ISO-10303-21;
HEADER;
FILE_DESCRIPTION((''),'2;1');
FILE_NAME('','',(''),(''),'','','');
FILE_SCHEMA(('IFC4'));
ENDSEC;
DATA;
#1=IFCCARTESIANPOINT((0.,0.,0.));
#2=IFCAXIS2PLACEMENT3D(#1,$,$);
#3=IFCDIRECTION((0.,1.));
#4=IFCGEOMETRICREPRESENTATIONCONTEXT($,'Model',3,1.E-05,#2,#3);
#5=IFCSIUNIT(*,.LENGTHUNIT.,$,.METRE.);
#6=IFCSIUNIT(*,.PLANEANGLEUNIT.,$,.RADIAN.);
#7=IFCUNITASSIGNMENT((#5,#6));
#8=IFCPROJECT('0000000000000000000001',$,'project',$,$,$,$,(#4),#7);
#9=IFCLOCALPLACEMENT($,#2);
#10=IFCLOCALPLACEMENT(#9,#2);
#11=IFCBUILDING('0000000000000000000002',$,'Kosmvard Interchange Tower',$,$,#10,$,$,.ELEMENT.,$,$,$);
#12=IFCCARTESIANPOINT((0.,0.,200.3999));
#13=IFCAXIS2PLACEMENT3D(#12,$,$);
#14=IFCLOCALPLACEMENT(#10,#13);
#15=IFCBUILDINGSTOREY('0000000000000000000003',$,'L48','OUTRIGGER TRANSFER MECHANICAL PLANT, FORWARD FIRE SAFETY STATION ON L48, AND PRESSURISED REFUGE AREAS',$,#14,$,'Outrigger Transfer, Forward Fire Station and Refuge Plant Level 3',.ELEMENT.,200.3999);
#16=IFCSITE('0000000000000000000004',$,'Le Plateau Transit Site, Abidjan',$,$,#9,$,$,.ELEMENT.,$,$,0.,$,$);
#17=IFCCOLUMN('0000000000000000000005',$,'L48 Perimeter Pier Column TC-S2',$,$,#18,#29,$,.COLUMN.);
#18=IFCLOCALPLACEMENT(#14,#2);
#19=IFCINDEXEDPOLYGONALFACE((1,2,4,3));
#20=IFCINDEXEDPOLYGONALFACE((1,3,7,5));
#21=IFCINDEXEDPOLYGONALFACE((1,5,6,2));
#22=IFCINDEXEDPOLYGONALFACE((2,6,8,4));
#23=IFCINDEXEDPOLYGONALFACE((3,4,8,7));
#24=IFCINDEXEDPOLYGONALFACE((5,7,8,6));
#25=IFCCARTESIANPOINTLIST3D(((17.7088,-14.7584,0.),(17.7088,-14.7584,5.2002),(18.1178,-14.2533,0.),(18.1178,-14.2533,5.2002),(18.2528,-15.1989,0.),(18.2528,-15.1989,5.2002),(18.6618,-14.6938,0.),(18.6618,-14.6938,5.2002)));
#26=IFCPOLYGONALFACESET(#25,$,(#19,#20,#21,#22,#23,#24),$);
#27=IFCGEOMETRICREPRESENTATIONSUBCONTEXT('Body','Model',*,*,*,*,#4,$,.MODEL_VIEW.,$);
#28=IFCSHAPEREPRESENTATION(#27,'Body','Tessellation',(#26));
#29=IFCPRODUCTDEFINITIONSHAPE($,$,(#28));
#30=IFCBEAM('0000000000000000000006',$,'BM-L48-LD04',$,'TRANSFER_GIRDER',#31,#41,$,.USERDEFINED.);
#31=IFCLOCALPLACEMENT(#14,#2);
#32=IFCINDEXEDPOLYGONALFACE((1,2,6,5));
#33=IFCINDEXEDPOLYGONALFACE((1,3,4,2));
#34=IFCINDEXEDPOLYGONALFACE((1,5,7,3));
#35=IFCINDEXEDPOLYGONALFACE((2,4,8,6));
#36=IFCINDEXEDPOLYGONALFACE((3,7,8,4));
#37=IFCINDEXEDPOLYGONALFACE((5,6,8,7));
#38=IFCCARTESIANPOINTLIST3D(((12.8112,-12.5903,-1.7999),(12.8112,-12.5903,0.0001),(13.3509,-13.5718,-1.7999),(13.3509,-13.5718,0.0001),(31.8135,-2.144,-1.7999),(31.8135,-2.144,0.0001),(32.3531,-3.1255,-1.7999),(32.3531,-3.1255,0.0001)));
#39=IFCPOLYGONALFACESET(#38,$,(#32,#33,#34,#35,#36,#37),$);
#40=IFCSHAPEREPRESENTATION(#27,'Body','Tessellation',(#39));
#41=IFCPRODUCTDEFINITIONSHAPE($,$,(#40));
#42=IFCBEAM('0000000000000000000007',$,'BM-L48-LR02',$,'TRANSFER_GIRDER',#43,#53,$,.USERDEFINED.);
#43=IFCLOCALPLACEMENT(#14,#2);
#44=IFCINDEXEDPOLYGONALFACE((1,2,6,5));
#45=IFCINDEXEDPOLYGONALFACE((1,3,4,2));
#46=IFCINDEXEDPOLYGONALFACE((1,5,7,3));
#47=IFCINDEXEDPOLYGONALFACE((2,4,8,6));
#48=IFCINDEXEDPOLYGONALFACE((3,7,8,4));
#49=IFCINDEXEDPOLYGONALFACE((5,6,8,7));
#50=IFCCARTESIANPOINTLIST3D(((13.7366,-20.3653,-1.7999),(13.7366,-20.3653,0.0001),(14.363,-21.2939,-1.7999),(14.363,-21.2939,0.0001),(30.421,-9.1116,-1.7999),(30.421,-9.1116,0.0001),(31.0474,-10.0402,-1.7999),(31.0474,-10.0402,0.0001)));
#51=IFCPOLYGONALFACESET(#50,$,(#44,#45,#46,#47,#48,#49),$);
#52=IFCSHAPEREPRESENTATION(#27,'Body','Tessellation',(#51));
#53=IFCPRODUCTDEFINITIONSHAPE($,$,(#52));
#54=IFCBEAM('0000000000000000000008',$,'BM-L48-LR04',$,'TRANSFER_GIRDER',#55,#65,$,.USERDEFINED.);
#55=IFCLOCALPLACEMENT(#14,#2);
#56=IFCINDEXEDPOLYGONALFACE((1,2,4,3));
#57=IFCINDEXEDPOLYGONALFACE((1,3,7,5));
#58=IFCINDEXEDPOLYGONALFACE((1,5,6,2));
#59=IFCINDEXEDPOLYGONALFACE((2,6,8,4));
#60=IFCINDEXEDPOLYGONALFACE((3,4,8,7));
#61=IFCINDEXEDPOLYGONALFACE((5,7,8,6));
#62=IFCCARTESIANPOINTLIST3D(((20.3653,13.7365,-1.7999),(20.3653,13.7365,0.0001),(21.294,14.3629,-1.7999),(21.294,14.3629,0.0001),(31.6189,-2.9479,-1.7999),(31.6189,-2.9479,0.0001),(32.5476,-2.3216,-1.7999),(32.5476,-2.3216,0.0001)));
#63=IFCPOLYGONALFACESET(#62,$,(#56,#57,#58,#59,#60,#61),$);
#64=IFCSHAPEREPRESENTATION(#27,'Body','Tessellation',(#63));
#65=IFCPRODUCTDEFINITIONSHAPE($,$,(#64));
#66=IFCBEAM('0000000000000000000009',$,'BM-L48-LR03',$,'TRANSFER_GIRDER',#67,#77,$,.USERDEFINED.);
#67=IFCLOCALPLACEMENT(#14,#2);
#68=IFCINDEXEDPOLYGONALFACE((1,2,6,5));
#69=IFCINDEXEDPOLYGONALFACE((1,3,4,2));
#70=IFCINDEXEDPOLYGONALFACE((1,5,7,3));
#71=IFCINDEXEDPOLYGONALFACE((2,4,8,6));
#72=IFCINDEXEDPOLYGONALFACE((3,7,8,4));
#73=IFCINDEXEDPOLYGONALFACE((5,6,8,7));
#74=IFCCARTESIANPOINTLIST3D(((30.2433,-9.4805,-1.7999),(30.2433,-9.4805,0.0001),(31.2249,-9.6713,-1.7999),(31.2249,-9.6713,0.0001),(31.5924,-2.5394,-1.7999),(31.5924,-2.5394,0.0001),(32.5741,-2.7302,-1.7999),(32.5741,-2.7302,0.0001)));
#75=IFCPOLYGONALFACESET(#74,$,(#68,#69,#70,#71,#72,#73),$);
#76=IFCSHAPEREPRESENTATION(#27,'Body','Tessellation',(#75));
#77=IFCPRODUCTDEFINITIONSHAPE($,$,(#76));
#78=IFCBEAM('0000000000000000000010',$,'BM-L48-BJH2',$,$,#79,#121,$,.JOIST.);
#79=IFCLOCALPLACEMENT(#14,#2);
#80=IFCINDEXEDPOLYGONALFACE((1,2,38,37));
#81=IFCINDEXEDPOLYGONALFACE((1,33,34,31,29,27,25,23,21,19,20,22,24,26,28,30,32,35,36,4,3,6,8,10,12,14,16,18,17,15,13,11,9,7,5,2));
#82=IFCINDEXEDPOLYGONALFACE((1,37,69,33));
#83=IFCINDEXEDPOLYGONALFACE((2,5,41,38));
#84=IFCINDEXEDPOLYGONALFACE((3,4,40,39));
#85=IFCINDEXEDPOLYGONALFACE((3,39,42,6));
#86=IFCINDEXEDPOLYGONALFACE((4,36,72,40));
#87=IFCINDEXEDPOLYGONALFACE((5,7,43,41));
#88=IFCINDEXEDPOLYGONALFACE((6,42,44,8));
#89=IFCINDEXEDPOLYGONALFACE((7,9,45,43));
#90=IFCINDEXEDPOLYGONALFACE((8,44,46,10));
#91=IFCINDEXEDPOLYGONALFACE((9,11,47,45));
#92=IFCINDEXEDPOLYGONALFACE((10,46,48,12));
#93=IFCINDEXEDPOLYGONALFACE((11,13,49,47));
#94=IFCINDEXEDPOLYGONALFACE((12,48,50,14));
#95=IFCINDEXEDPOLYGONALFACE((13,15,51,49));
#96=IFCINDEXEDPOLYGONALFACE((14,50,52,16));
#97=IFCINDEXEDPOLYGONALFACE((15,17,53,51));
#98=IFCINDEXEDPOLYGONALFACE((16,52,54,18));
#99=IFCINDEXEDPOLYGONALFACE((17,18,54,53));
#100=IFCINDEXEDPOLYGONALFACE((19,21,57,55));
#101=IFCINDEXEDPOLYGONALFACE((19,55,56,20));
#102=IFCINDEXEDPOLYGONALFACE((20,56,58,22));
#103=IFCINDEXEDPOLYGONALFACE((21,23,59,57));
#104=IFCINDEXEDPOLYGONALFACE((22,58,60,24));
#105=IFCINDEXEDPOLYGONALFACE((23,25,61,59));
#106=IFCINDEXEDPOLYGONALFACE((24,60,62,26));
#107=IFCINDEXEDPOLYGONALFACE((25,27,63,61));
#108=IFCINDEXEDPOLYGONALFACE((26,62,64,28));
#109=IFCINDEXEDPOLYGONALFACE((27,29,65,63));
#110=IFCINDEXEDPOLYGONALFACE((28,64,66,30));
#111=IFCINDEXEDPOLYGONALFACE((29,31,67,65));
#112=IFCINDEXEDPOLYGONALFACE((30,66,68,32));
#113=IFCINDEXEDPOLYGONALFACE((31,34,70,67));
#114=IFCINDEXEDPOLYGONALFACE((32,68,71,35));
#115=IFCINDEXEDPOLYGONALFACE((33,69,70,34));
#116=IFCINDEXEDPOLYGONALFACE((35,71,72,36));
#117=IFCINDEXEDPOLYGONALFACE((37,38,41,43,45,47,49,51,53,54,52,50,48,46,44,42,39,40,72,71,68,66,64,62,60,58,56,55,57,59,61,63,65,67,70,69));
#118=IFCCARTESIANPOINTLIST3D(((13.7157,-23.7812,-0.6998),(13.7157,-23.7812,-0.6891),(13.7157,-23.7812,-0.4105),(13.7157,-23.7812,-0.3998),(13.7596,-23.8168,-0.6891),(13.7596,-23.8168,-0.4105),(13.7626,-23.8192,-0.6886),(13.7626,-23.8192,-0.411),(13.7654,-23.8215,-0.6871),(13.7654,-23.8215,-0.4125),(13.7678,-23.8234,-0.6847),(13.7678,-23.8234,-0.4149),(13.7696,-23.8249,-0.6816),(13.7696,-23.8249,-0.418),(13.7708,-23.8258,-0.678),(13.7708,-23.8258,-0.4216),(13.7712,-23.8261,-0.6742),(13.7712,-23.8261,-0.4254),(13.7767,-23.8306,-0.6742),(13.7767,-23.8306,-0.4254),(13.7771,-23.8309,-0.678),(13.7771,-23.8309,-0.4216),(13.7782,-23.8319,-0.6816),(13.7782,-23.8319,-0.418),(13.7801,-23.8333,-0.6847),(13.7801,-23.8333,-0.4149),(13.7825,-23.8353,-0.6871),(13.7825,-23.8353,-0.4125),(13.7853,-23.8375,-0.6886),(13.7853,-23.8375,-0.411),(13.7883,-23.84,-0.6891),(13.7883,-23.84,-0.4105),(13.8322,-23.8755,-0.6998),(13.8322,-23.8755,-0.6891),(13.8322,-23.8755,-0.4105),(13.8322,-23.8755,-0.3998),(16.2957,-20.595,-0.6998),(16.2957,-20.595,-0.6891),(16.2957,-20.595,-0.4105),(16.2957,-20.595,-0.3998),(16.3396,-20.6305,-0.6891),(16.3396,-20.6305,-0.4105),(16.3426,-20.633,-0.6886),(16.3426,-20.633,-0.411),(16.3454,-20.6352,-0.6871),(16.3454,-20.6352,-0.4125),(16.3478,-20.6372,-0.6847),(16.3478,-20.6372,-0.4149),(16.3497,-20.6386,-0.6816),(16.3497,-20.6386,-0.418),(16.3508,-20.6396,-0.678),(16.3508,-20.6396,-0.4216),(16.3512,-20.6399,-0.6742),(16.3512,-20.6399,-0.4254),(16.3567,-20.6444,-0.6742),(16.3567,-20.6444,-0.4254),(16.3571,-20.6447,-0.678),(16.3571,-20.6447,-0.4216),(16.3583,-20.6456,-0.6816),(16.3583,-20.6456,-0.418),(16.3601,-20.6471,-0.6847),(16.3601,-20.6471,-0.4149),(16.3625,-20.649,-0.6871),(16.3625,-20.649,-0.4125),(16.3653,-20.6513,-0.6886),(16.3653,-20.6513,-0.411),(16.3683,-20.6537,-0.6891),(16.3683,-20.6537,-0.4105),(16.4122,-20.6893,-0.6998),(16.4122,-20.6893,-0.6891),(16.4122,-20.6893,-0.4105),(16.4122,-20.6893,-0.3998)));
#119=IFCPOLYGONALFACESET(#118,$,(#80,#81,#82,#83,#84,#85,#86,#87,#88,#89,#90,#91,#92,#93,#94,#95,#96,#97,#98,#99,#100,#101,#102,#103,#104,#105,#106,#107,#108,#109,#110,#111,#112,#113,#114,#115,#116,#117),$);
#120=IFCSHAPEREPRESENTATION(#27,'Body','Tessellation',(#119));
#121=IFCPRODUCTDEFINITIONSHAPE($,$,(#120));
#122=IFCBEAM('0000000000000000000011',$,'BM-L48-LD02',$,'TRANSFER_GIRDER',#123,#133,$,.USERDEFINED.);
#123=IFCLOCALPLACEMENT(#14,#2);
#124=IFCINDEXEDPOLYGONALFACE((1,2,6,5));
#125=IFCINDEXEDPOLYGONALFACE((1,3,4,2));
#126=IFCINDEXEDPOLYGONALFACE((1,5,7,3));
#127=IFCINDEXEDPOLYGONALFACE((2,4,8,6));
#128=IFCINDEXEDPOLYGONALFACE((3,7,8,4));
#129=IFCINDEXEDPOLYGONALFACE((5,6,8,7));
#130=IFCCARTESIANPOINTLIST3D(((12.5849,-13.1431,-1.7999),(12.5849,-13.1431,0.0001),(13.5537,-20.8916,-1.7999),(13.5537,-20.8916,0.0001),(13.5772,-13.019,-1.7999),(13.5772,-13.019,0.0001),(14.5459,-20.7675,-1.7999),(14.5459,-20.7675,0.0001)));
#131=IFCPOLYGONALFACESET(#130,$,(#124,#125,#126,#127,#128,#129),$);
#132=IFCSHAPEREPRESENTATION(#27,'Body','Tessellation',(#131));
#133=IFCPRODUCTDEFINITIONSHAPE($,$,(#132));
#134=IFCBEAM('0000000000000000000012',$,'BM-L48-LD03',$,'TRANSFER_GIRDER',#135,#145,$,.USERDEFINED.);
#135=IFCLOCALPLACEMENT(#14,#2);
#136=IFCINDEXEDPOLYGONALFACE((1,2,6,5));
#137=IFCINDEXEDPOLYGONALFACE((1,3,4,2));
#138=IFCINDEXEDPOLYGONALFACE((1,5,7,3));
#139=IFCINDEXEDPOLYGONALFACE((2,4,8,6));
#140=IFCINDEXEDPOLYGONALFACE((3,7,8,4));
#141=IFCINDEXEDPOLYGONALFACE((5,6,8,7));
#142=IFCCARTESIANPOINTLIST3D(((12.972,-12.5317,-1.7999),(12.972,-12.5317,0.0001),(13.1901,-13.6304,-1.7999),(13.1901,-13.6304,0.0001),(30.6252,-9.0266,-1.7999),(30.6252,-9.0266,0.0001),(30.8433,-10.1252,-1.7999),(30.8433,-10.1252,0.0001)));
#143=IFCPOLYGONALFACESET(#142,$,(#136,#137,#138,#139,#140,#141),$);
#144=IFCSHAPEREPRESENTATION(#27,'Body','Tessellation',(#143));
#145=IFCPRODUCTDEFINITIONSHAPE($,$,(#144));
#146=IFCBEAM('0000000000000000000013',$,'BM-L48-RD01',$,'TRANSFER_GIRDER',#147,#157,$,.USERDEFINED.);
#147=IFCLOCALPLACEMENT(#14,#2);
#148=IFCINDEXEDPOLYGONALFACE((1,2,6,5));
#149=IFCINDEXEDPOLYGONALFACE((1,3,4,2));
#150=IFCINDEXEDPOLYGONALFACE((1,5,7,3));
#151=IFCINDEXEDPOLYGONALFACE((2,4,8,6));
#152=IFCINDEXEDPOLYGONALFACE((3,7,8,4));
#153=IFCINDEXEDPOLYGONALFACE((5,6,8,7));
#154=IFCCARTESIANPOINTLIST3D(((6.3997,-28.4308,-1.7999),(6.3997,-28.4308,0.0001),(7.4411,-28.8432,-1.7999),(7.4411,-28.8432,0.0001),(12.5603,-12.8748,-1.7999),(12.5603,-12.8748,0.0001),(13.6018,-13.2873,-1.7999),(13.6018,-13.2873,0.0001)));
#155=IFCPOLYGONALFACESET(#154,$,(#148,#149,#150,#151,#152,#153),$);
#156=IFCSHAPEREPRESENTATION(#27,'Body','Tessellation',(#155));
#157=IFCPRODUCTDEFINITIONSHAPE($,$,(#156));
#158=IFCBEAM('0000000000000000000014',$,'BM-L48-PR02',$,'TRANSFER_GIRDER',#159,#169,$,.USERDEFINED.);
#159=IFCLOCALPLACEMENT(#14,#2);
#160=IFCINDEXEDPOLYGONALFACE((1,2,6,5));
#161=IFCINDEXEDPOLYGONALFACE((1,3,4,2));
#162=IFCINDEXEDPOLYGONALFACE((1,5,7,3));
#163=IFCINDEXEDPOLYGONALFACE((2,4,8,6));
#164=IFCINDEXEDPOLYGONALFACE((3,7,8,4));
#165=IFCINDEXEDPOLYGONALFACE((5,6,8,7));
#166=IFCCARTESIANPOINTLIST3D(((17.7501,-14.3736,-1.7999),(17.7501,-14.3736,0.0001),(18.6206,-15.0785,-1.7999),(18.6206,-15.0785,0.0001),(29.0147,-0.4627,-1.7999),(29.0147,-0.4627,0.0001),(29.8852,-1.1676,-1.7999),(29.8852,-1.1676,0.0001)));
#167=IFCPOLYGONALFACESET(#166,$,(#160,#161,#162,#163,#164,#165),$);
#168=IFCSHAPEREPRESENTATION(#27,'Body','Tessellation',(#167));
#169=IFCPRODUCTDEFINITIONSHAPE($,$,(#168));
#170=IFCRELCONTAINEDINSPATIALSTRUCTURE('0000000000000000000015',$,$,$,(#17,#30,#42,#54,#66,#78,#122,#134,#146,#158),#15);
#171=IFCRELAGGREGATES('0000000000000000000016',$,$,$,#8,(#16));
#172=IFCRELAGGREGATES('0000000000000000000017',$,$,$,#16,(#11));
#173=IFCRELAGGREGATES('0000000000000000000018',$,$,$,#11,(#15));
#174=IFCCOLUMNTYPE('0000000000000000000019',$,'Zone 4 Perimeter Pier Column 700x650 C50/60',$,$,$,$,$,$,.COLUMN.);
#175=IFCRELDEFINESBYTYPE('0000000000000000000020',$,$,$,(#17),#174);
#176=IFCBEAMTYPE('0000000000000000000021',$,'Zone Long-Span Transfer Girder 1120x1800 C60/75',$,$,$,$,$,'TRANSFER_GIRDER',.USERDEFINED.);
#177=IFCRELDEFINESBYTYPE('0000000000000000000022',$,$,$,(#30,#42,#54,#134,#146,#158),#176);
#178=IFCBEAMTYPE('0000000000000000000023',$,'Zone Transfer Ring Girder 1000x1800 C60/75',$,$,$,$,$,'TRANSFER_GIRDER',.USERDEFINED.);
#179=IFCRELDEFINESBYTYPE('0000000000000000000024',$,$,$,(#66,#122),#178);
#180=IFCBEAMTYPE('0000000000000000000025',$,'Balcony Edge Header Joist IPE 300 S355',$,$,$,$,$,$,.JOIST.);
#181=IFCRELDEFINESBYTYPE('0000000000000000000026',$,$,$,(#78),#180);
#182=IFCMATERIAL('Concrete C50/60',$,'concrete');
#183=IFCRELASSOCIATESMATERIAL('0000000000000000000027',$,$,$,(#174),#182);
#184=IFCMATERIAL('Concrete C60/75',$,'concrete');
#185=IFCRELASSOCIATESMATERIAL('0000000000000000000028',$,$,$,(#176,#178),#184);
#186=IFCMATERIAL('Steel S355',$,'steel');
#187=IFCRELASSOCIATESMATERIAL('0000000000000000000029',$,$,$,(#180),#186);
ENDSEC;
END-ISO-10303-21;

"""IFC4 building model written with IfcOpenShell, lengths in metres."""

from ifc_helpers import new_model, si_unit, direction, frame, origin, origin_2d, place, context, subcontext, project, spatial, rectangle, i_section, extrude, source, transform, mapped, material, material_profile, profile_set, type_object, element, save


model = new_model("IFC4")

# Units and contexts
model_context = context("Model", 3, precision=1e-05, world=origin(), true_north=direction((0.0, 1.0)))
body_context = subcontext(model_context, "Body", "Model", "MODEL_VIEW")
ifc_project = project(units=[si_unit("LENGTHUNIT", "METRE"), si_unit("PLANEANGLEUNIT", "RADIAN")], contexts=[model_context])

# Site, building, storey
site_placement = place(None, origin())
site = spatial("IfcSite", under=ifc_project, at=site_placement, Name="Le Plateau Transit Site, Abidjan", CompositionType="ELEMENT", RefElevation=0.0)
building_placement = place(site_placement, origin())
building = spatial("IfcBuilding", under=site, at=building_placement, Name="Kosmvard Interchange Tower", CompositionType="ELEMENT")
storey_placement = place(building_placement, frame((0.0, 0.0, 200.3999)))
storey = spatial("IfcBuildingStorey", under=building, at=storey_placement, Name="L48", Description="OUTRIGGER TRANSFER MECHANICAL PLANT, FORWARD FIRE SAFETY STATION ON L48, AND PRESSURISED REFUGE AREAS", LongName="Outrigger Transfer, Forward Fire Station and Refuge Plant Level 3", CompositionType="ELEMENT", Elevation=200.3999)

# Column
ifc_material_1 = material(Name="Concrete C50/60", Category="concrete")
ifc_material_profile_1 = material_profile(ifc_material_1, rectangle(XDim=0.6499, YDim=0.7, at=origin_2d()), Name="TC 700x650")
ifc_profile_set_1 = profile_set([ifc_material_profile_1], Name="Concrete C50/60")
column_type = type_object("IfcColumnType", Name="Zone 4 Perimeter Pier Column 700x650 C50/60", PredefinedType="COLUMN", material=ifc_profile_set_1)
shared_shape_1 = source(origin(), body_context, "Body", "SweptSolid", [
    extrude(rectangle(XDim=0.6499, YDim=0.7, at=origin_2d()), origin(), (0.0, 0.0, 1.0), 5.2002),
])
column_placement = place(storey_placement, frame((18.1853, -14.7261, 0.0), z_axis=(0.0, 0.0, 1.0), x_axis=(0.62932, 0.777146, 0.0)))
element("IfcColumn", 1, at=column_placement, inside=storey, type_object=column_type, Name="L48 Perimeter Pier Column TC-S2", PredefinedType="COLUMN", context=body_context, shape_type="MappedRepresentation", body=[
    mapped(shared_shape_1, transform((0.0, 0.0, 0.0), scale=1.0)),
])

# Beams
ifc_material_2 = material(Name="Concrete C60/75", Category="concrete")
ifc_material_profile_2 = material_profile(ifc_material_2, rectangle(XDim=1.1201, YDim=1.8, at=origin_2d()), Name="TG 1120x1800")
ifc_profile_set_2 = profile_set([ifc_material_profile_2], Name="Concrete C60/75")
beam_type_1 = type_object("IfcBeamType", Name="Zone Long-Span Transfer Girder 1120x1800 C60/75", ElementType="TRANSFER_GIRDER", PredefinedType="USERDEFINED", material=ifc_profile_set_2)
shared_shape_2 = source(origin(), body_context, "Body", "SweptSolid", [
    extrude(rectangle(XDim=1.1201, YDim=1.8, at=origin_2d()), origin(), (0.0, 0.0, 1.0), 21.6843),
])
beam_1_placement = place(storey_placement, frame((13.0811, -13.0811, -0.8999), z_axis=(0.876312, 0.481745, 0.0), x_axis=(-0.481745, 0.876312, 0.0)))
element("IfcBeam", 2, at=beam_1_placement, inside=storey, type_object=beam_type_1, Name="BM-L48-LD04", ObjectType="TRANSFER_GIRDER", PredefinedType="USERDEFINED", context=body_context, shape_type="MappedRepresentation", body=[
    mapped(shared_shape_2, transform((0.0, 0.0, 0.0), scale=1.0)),
])
shared_shape_3 = source(origin(), body_context, "Body", "SweptSolid", [
    extrude(rectangle(XDim=1.1201, YDim=1.8, at=origin_2d()), origin(), (0.0, 0.0, 1.0), 20.125),
])
for number, where, z_axis, x_axis, name in (
    (3, (14.0498, -20.8296, -0.8999), (0.829039, 0.559191, 0.0), (-0.559191, 0.829039, 0.0), "BM-L48-LR02"),
    (4, (32.0833, -2.6348, -0.8999), (-0.559185, 0.829043, 0.0), (-0.829043, -0.559185, 0.0), "BM-L48-LR04"),
):
    element("IfcBeam", number, at=place(storey_placement, frame(where, z_axis=z_axis, x_axis=x_axis)), inside=storey, type_object=beam_type_1, Name=name, ObjectType="TRANSFER_GIRDER", PredefinedType="USERDEFINED", context=body_context, shape_type="MappedRepresentation", body=[
        mapped(shared_shape_3, transform((0.0, 0.0, 0.0), scale=1.0)),
    ])
ifc_material_profile_3 = material_profile(ifc_material_2, rectangle(XDim=1.0, YDim=1.8, at=origin_2d()), Name="TG 1000x1800")
ifc_profile_set_3 = profile_set([ifc_material_profile_3], Name="Concrete C60/75")
beam_type_2 = type_object("IfcBeamType", Name="Zone Transfer Ring Girder 1000x1800 C60/75", ElementType="TRANSFER_GIRDER", PredefinedType="USERDEFINED", material=ifc_profile_set_3)
shared_shape_4 = source(origin(), body_context, "Body", "SweptSolid", [
    extrude(rectangle(XDim=1.0, YDim=1.8, at=origin_2d()), origin(), (0.0, 0.0, 1.0), 7.071),
])
beam_2_placement = place(storey_placement, frame((30.7341, -9.5759, -0.8999), z_axis=(0.190795, 0.98163, 0.0), x_axis=(-0.98163, 0.190795, 0.0)))
element("IfcBeam", 5, at=beam_2_placement, inside=storey, type_object=beam_type_2, Name="BM-L48-LR03", ObjectType="TRANSFER_GIRDER", PredefinedType="USERDEFINED", context=body_context, shape_type="MappedRepresentation", body=[
    mapped(shared_shape_4, transform((0.0, 0.0, 0.0), scale=1.0)),
])
ifc_material_3 = material(Name="Steel S355", Category="steel")
ifc_material_profile_4 = material_profile(ifc_material_3, i_section(OverallWidth=0.1499, OverallDepth=0.3, WebThickness=0.0071, FlangeThickness=0.0107, FilletRadius=0.0149, at=origin_2d()), Name="IPE 300")
ifc_profile_set_4 = profile_set([ifc_material_profile_4], Name="Steel S355")
beam_type_3 = type_object("IfcBeamType", Name="Balcony Edge Header Joist IPE 300 S355", PredefinedType="JOIST", material=ifc_profile_set_4)
shared_shape_5 = source(origin(), body_context, "Body", "SweptSolid", [
    extrude(i_section(OverallWidth=0.1499, OverallDepth=0.3, WebThickness=0.0071, FlangeThickness=0.0107, FilletRadius=0.0149, at=origin_2d()), origin(), (0.0, 0.0, 1.0), 4.0999),
])
beam_3_placement = place(storey_placement, frame((13.7739, -23.8284, -0.5498), z_axis=(0.629303, 0.77716, 0.0), x_axis=(-0.77716, 0.629303, 0.0)))
element("IfcBeam", 6, at=beam_3_placement, inside=storey, type_object=beam_type_3, Name="BM-L48-BJH2", PredefinedType="JOIST", context=body_context, shape_type="MappedRepresentation", body=[
    mapped(shared_shape_5, transform((0.0, 0.0, 0.0), scale=1.0)),
])
shared_shape_6 = source(origin(), body_context, "Body", "SweptSolid", [
    extrude(rectangle(XDim=1.0, YDim=1.8, at=origin_2d()), origin(), (0.0, 0.0, 1.0), 7.8088),
])
beam_4_placement = place(storey_placement, frame((13.0811, -13.0811, -0.8999), z_axis=(0.124058, -0.992275, 0.0), x_axis=(0.992275, 0.124058, 0.0)))
element("IfcBeam", 7, at=beam_4_placement, inside=storey, type_object=beam_type_2, Name="BM-L48-LD02", ObjectType="TRANSFER_GIRDER", PredefinedType="USERDEFINED", context=body_context, shape_type="MappedRepresentation", body=[
    mapped(shared_shape_6, transform((0.0, 0.0, 0.0), scale=1.0)),
])
shared_shape_7 = source(origin(), body_context, "Body", "SweptSolid", [
    extrude(rectangle(XDim=1.1201, YDim=1.8, at=origin_2d()), origin(), (0.0, 0.0, 1.0), 17.9978),
])
beam_5_placement = place(storey_placement, frame((13.0811, -13.0811, -0.8999), z_axis=(0.980852, 0.194754, 0.0), x_axis=(-0.194754, 0.980852, 0.0)))
element("IfcBeam", 8, at=beam_5_placement, inside=storey, type_object=beam_type_1, Name="BM-L48-LD03", ObjectType="TRANSFER_GIRDER", PredefinedType="USERDEFINED", context=body_context, shape_type="MappedRepresentation", body=[
    mapped(shared_shape_7, transform((0.0, 0.0, 0.0), scale=1.0)),
])
shared_shape_8 = source(origin(), body_context, "Body", "SweptSolid", [
    extrude(rectangle(XDim=1.1201, YDim=1.8, at=origin_2d()), origin(), (0.0, 0.0, 1.0), 16.7314),
])
beam_6_placement = place(storey_placement, frame((13.0811, -13.0811, -0.8999), z_axis=(-0.368209, -0.929743, 0.0), x_axis=(0.929743, -0.368209, 0.0)))
element("IfcBeam", 9, at=beam_6_placement, inside=storey, type_object=beam_type_1, Name="BM-L48-RD01", ObjectType="TRANSFER_GIRDER", PredefinedType="USERDEFINED", context=body_context, shape_type="MappedRepresentation", body=[
    mapped(shared_shape_8, transform((0.0, 0.0, 0.0), scale=1.0)),
])
shared_shape_9 = source(origin(), body_context, "Body", "SweptSolid", [
    extrude(rectangle(XDim=1.1201, YDim=1.8, at=origin_2d()), origin(), (0.0, 0.0, 1.0), 17.8999),
])
beam_7_placement = place(storey_placement, frame((18.1853, -14.7261, -0.8999), z_axis=(0.629315, 0.777151, 0.0), x_axis=(-0.777151, 0.629315, 0.0)))
element("IfcBeam", 10, at=beam_7_placement, inside=storey, type_object=beam_type_1, Name="BM-L48-PR02", ObjectType="TRANSFER_GIRDER", PredefinedType="USERDEFINED", context=body_context, shape_type="MappedRepresentation", body=[
    mapped(shared_shape_9, transform((0.0, 0.0, 0.0), scale=1.0)),
])

save(model, "model.ifc")
